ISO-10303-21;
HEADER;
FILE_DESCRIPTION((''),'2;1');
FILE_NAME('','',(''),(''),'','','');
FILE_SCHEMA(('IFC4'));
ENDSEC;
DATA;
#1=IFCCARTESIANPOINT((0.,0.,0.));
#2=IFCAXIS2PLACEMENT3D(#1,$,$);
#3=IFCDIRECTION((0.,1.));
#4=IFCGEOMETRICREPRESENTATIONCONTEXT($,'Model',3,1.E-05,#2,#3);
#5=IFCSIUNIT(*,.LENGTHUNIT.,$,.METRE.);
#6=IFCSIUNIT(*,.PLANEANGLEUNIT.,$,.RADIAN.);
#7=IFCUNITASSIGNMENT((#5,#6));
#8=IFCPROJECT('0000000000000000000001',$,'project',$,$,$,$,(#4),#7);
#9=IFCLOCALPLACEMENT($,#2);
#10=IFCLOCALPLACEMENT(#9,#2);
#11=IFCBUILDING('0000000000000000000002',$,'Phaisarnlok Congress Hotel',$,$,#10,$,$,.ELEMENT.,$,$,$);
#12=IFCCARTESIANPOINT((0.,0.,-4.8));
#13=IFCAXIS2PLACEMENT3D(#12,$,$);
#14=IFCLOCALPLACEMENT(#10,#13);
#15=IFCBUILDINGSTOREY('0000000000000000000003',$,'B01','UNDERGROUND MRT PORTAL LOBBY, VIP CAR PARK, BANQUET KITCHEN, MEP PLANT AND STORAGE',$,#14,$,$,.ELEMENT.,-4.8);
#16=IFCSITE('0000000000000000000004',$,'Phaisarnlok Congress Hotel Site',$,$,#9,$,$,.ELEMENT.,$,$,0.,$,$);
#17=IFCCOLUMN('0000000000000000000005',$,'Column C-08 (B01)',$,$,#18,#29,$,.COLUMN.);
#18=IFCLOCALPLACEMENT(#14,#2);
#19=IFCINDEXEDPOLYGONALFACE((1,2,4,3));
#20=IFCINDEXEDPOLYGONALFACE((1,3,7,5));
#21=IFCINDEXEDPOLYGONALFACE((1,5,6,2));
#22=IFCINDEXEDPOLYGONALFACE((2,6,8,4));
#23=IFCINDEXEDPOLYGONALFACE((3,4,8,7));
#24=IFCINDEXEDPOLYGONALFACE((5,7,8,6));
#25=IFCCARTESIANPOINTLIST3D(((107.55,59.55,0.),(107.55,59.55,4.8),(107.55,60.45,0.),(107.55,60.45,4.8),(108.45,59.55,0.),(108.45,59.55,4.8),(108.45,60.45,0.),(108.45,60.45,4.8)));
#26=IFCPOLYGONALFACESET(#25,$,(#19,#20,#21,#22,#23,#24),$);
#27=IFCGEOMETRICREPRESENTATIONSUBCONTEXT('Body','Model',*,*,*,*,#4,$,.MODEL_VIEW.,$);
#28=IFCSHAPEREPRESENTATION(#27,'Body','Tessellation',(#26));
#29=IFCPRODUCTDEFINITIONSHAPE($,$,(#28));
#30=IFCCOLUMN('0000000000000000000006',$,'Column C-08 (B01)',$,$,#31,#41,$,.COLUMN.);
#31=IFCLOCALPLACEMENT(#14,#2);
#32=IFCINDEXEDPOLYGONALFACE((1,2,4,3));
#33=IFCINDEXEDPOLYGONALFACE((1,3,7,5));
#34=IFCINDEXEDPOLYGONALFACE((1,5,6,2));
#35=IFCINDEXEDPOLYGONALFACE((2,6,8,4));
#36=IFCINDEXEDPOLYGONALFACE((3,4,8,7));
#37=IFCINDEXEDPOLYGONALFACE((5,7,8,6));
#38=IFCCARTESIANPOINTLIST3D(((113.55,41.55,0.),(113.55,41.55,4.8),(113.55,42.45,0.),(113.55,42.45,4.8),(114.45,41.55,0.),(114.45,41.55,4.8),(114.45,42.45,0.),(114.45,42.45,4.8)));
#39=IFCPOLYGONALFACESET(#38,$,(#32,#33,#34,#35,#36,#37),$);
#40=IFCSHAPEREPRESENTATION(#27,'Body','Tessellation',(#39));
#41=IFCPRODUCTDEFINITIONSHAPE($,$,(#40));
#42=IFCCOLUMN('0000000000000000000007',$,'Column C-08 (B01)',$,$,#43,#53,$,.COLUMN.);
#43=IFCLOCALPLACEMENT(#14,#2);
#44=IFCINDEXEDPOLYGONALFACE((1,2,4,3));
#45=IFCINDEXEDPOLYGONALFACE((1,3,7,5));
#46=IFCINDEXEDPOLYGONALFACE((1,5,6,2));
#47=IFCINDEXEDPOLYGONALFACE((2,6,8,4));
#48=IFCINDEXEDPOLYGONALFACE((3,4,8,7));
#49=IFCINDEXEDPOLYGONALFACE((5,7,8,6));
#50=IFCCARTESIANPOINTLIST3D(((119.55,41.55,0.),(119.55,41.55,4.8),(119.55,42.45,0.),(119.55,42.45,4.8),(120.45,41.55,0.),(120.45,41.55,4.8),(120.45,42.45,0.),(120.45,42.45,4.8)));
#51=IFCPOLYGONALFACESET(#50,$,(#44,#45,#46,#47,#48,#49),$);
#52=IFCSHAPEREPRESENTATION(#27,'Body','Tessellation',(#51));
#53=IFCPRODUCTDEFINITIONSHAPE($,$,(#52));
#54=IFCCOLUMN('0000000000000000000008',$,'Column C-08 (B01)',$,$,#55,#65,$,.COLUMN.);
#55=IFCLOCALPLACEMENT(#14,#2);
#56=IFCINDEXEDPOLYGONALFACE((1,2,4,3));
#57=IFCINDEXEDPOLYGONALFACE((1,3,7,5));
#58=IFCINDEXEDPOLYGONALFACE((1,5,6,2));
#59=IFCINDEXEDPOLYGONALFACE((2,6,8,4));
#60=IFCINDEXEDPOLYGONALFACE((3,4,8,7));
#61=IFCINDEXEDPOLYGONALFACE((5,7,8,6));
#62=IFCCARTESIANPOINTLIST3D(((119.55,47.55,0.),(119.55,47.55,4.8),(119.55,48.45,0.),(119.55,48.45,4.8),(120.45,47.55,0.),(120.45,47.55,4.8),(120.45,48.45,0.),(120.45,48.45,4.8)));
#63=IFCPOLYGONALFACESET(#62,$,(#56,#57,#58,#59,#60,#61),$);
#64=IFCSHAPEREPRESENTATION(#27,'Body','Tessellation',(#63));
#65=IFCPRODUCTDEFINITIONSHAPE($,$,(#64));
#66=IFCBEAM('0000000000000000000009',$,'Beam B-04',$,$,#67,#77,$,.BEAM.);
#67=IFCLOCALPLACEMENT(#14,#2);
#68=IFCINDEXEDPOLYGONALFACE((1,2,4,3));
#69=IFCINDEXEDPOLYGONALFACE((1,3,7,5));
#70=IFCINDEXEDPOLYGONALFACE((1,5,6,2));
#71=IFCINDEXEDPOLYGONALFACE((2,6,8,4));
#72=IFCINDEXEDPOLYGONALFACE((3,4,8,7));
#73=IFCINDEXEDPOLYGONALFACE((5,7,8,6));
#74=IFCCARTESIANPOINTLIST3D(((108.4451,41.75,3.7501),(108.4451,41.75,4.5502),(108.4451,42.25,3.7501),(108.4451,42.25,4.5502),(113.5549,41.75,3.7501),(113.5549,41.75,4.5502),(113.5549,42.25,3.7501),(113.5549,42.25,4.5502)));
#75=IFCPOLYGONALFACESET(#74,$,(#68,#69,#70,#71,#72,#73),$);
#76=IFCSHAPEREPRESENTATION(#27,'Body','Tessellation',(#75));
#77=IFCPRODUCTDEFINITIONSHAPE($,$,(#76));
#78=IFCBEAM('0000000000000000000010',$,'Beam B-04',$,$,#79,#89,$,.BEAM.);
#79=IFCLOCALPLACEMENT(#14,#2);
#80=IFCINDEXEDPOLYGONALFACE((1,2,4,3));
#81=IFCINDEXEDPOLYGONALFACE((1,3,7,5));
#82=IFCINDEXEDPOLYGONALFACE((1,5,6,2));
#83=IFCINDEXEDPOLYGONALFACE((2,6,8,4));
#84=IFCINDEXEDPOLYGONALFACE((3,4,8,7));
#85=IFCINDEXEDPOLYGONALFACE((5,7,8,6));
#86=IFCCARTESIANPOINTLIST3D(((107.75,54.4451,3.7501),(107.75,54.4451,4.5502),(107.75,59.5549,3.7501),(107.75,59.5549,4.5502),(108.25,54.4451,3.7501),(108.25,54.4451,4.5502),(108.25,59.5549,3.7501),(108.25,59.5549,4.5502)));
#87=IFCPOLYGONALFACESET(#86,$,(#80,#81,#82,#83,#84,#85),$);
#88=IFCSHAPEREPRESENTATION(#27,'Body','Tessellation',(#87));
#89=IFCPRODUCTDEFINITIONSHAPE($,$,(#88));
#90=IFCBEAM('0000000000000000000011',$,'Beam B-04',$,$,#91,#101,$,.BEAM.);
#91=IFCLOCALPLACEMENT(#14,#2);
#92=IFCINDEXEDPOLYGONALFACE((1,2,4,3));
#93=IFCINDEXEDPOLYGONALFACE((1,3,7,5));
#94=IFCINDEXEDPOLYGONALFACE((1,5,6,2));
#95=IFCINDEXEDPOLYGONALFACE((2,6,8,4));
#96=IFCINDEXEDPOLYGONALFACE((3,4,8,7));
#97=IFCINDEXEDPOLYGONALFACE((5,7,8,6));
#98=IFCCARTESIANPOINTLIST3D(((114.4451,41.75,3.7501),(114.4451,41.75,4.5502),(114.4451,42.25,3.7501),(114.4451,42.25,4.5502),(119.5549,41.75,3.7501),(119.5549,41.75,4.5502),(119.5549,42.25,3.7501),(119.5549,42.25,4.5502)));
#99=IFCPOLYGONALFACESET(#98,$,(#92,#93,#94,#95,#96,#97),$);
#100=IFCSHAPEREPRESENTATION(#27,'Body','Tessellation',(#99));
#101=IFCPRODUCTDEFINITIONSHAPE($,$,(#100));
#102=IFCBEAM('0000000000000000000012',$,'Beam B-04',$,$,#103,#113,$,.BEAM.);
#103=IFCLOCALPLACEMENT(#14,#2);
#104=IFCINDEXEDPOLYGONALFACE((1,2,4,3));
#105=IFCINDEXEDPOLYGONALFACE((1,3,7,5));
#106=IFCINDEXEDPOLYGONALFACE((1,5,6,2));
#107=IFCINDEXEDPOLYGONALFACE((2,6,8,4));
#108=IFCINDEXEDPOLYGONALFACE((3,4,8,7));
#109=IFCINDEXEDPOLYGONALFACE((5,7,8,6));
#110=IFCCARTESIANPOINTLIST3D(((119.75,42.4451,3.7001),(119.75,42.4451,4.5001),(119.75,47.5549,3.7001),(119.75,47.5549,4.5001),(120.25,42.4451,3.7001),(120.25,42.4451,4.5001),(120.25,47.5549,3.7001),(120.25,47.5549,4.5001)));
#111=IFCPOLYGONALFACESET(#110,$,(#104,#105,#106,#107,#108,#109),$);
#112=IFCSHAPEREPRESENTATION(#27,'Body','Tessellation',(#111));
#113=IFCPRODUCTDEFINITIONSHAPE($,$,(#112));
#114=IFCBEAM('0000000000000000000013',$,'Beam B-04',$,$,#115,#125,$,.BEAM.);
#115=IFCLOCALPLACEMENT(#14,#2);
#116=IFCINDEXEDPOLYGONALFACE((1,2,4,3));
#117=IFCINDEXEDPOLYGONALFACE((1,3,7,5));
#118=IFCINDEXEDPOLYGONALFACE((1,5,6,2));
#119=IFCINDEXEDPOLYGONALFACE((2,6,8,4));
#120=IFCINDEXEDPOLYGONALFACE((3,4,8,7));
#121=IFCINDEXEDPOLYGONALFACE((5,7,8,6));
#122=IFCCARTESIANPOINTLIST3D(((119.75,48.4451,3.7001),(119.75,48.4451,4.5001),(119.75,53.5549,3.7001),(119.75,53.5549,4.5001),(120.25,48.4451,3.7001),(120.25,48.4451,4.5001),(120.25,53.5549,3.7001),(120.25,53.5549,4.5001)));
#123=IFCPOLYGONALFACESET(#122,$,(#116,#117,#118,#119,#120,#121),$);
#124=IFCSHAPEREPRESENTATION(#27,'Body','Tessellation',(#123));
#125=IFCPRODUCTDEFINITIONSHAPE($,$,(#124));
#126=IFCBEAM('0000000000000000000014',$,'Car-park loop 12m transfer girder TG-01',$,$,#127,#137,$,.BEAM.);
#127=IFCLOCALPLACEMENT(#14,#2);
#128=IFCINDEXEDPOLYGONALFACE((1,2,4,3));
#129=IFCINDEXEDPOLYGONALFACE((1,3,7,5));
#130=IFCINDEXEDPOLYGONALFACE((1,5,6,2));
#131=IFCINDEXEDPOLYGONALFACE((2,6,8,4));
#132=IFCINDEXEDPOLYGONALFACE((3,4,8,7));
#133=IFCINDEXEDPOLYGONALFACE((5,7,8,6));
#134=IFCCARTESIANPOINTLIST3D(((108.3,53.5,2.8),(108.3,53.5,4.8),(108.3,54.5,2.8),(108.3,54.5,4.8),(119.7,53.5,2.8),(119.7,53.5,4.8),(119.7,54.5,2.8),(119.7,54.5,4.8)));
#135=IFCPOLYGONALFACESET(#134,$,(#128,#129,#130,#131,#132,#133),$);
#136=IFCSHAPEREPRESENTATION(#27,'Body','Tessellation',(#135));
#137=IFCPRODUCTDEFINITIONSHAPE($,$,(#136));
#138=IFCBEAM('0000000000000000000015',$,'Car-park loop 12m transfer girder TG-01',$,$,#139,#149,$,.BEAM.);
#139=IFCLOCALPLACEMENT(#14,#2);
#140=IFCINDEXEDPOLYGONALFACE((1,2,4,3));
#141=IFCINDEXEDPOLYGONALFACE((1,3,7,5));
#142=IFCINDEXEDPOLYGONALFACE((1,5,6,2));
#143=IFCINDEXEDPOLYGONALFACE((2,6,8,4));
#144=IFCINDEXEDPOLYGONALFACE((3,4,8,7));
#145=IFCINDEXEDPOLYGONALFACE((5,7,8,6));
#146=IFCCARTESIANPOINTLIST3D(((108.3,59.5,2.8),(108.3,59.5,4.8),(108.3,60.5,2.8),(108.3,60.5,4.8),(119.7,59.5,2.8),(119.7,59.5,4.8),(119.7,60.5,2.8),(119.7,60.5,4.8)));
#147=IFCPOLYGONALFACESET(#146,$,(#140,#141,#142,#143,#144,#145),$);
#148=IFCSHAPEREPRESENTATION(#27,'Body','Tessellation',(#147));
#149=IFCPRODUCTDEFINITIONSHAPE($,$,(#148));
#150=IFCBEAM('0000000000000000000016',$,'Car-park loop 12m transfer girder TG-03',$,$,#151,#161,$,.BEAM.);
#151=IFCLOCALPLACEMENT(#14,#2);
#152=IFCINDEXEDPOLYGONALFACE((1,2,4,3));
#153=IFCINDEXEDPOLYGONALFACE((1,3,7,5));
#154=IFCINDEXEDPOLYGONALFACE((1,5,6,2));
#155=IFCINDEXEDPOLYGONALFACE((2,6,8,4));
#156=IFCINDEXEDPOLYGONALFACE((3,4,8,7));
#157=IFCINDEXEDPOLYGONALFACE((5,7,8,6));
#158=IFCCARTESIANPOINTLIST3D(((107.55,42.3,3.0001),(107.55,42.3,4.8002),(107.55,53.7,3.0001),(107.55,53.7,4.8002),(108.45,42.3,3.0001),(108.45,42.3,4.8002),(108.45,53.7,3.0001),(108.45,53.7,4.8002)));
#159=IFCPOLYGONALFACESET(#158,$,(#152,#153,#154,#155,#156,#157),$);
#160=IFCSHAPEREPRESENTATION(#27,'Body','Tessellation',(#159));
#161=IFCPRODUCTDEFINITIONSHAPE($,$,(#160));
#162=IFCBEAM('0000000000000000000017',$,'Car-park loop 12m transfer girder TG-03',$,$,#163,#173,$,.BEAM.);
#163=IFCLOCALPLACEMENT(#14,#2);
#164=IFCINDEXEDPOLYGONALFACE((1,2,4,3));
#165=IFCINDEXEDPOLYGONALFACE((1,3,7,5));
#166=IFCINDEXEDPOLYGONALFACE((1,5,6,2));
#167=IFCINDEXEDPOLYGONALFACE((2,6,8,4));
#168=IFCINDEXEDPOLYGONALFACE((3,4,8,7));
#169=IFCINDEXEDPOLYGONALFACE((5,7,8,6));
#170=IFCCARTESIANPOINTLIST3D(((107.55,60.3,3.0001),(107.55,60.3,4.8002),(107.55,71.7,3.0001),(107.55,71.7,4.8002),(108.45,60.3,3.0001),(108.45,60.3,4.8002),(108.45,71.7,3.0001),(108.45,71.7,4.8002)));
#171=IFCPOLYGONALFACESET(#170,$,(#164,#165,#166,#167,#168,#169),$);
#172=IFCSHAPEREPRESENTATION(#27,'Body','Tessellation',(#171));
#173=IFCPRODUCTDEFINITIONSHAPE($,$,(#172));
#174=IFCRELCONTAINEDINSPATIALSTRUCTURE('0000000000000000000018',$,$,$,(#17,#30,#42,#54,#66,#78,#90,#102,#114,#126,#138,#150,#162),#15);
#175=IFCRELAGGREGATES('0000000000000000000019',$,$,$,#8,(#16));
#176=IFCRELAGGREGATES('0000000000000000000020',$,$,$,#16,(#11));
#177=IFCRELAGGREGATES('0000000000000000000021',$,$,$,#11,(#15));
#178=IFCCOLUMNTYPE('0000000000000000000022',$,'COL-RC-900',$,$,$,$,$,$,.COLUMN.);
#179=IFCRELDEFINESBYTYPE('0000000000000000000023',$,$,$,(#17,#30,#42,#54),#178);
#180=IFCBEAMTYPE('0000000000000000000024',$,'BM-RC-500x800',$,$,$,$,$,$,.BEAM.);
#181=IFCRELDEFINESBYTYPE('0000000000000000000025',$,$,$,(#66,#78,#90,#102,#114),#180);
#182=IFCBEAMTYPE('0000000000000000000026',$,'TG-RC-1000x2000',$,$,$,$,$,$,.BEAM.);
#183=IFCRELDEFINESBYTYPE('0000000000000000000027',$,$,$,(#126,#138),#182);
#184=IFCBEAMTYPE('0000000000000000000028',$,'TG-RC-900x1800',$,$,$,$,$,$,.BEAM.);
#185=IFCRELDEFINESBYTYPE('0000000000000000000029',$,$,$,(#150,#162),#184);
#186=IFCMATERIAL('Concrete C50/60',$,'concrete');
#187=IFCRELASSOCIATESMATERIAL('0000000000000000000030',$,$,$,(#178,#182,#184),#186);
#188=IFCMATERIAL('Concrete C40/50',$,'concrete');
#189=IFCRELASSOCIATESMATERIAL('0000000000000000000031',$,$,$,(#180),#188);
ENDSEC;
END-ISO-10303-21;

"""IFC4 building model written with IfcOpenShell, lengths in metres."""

from ifc_helpers import new_model, si_unit, direction, frame, origin, origin_2d, place, context, subcontext, project, spatial, rectangle, extrude, material, material_profile, profile_set, type_object, element, save


model = new_model("IFC4")

# Units and contexts
model_context = context("Model", 3, precision=1e-05, world=origin(), true_north=direction((0.0, 1.0)))
body_context = subcontext(model_context, "Body", "Model", "MODEL_VIEW")
ifc_project = project(units=[si_unit("LENGTHUNIT", "METRE"), si_unit("PLANEANGLEUNIT", "RADIAN")], contexts=[model_context])

# Site, building, storey
site_placement = place(None, origin())
site = spatial("IfcSite", under=ifc_project, at=site_placement, Name="Phaisarnlok Congress Hotel Site", CompositionType="ELEMENT", RefElevation=0.0)
building_placement = place(site_placement, origin())
building = spatial("IfcBuilding", under=site, at=building_placement, Name="Phaisarnlok Congress Hotel", CompositionType="ELEMENT")
storey_placement = place(building_placement, frame((0.0, 0.0, -4.8)))
storey = spatial("IfcBuildingStorey", under=building, at=storey_placement, Name="B01", Description="UNDERGROUND MRT PORTAL LOBBY, VIP CAR PARK, BANQUET KITCHEN, MEP PLANT AND STORAGE", CompositionType="ELEMENT", Elevation=-4.8)

# Shared definitions
ifc_material_1 = material(Name="Concrete C40/50", Category="concrete")

# Columns
ifc_material_2 = material(Name="Concrete C50/60", Category="concrete")
ifc_material_profile_1 = material_profile(ifc_material_2, rectangle(XDim=0.8999, YDim=0.8999, at=origin_2d()), Name="RC 900x900")
ifc_profile_set_1 = profile_set([ifc_material_profile_1], Name="Concrete C50/60")
column_type = type_object("IfcColumnType", Name="COL-RC-900", PredefinedType="COLUMN", material=ifc_profile_set_1)
for number, where, z_axis, x_axis, name in (
    (1, (108.0, 60.0, 0.0), (0.0, 0.0, 1.0), (1.0, 0.0, 0.0), "Column C-08 (B01)"),
    (2, (114.0, 42.0, 0.0), (0.0, 0.0, 1.0), (1.0, 0.0, 0.0), "Column C-08 (B01)"),
    (3, (120.0, 42.0, 0.0), (0.0, 0.0, 1.0), (1.0, 0.0, 0.0), "Column C-08 (B01)"),
    (4, (120.0, 48.0, 0.0), (0.0, 0.0, 1.0), (1.0, 0.0, 0.0), "Column C-08 (B01)"),
):
    element("IfcColumn", number, at=place(storey_placement, frame(where, z_axis=z_axis, x_axis=x_axis)), inside=storey, type_object=column_type, Name=name, PredefinedType="COLUMN", context=body_context, shape_type="SweptSolid", body=[
        extrude(rectangle(XDim=0.8999, YDim=0.8999, at=origin_2d()), origin(), (0.0, 0.0, 1.0), 4.8),
    ])

# Beams
ifc_material_profile_2 = material_profile(ifc_material_1, rectangle(XDim=0.5, YDim=0.8, at=origin_2d()), Name="RC 500x800")
ifc_profile_set_2 = profile_set([ifc_material_profile_2], Name="Concrete C40/50")
beam_type_1 = type_object("IfcBeamType", Name="BM-RC-500x800", PredefinedType="BEAM", material=ifc_profile_set_2)
for number, where, z_axis, x_axis, name in (
    (5, (108.4451, 42.0, 4.1501), (1.0, 0.0, 0.0), (0.0, 1.0, 0.0), "Beam B-04"),
    (6, (108.0, 54.4451, 4.1501), (0.0, 1.0, 0.0), (-1.0, 0.0, 0.0), "Beam B-04"),
    (7, (114.4451, 42.0, 4.1501), (1.0, 0.0, 0.0), (0.0, 1.0, 0.0), "Beam B-04"),
    (8, (120.0, 42.4451, 4.1001), (0.0, 1.0, 0.0), (-1.0, 0.0, 0.0), "Beam B-04"),
    (9, (120.0, 48.4451, 4.1001), (0.0, 1.0, 0.0), (-1.0, 0.0, 0.0), "Beam B-04"),
):
    element("IfcBeam", number, at=place(storey_placement, frame(where, z_axis=z_axis, x_axis=x_axis)), inside=storey, type_object=beam_type_1, Name=name, PredefinedType="BEAM", context=body_context, shape_type="SweptSolid", body=[
        extrude(rectangle(XDim=0.5, YDim=0.8, at=origin_2d()), origin(), (0.0, 0.0, 1.0), 5.1099),
    ])
ifc_material_profile_3 = material_profile(ifc_material_2, rectangle(XDim=1.0, YDim=2.0, at=origin_2d()), Name="RC 1000x2000")
ifc_profile_set_3 = profile_set([ifc_material_profile_3], Name="Concrete C50/60")
beam_type_2 = type_object("IfcBeamType", Name="TG-RC-1000x2000", PredefinedType="BEAM", material=ifc_profile_set_3)
for number, where, z_axis, x_axis, name in (
    (10, (108.3, 54.0, 3.8), (1.0, 0.0, 0.0), (0.0, 1.0, 0.0), "Car-park loop 12m transfer girder TG-01"),
    (11, (108.3, 60.0, 3.8), (1.0, 0.0, 0.0), (0.0, 1.0, 0.0), "Car-park loop 12m transfer girder TG-01"),
):
    element("IfcBeam", number, at=place(storey_placement, frame(where, z_axis=z_axis, x_axis=x_axis)), inside=storey, type_object=beam_type_2, Name=name, PredefinedType="BEAM", context=body_context, shape_type="SweptSolid", body=[
        extrude(rectangle(XDim=1.0, YDim=2.0, at=origin_2d()), origin(), (0.0, 0.0, 1.0), 11.3999),
    ])
ifc_material_profile_4 = material_profile(ifc_material_2, rectangle(XDim=0.8999, YDim=1.8, at=origin_2d()), Name="RC 900x1800")
ifc_profile_set_4 = profile_set([ifc_material_profile_4], Name="Concrete C50/60")
beam_type_3 = type_object("IfcBeamType", Name="TG-RC-900x1800", PredefinedType="BEAM", material=ifc_profile_set_4)
for number, where, z_axis, x_axis, name in (
    (12, (108.0, 42.3, 3.9001), (0.0, 1.0, 0.0), (-1.0, 0.0, 0.0), "Car-park loop 12m transfer girder TG-03"),
    (13, (108.0, 60.3, 3.9001), (0.0, 1.0, 0.0), (-1.0, 0.0, 0.0), "Car-park loop 12m transfer girder TG-03"),
):
    element("IfcBeam", number, at=place(storey_placement, frame(where, z_axis=z_axis, x_axis=x_axis)), inside=storey, type_object=beam_type_3, Name=name, PredefinedType="BEAM", context=body_context, shape_type="SweptSolid", body=[
        extrude(rectangle(XDim=0.8999, YDim=1.8, at=origin_2d()), origin(), (0.0, 0.0, 1.0), 11.3999),
    ])

save(model, "model.ifc")
